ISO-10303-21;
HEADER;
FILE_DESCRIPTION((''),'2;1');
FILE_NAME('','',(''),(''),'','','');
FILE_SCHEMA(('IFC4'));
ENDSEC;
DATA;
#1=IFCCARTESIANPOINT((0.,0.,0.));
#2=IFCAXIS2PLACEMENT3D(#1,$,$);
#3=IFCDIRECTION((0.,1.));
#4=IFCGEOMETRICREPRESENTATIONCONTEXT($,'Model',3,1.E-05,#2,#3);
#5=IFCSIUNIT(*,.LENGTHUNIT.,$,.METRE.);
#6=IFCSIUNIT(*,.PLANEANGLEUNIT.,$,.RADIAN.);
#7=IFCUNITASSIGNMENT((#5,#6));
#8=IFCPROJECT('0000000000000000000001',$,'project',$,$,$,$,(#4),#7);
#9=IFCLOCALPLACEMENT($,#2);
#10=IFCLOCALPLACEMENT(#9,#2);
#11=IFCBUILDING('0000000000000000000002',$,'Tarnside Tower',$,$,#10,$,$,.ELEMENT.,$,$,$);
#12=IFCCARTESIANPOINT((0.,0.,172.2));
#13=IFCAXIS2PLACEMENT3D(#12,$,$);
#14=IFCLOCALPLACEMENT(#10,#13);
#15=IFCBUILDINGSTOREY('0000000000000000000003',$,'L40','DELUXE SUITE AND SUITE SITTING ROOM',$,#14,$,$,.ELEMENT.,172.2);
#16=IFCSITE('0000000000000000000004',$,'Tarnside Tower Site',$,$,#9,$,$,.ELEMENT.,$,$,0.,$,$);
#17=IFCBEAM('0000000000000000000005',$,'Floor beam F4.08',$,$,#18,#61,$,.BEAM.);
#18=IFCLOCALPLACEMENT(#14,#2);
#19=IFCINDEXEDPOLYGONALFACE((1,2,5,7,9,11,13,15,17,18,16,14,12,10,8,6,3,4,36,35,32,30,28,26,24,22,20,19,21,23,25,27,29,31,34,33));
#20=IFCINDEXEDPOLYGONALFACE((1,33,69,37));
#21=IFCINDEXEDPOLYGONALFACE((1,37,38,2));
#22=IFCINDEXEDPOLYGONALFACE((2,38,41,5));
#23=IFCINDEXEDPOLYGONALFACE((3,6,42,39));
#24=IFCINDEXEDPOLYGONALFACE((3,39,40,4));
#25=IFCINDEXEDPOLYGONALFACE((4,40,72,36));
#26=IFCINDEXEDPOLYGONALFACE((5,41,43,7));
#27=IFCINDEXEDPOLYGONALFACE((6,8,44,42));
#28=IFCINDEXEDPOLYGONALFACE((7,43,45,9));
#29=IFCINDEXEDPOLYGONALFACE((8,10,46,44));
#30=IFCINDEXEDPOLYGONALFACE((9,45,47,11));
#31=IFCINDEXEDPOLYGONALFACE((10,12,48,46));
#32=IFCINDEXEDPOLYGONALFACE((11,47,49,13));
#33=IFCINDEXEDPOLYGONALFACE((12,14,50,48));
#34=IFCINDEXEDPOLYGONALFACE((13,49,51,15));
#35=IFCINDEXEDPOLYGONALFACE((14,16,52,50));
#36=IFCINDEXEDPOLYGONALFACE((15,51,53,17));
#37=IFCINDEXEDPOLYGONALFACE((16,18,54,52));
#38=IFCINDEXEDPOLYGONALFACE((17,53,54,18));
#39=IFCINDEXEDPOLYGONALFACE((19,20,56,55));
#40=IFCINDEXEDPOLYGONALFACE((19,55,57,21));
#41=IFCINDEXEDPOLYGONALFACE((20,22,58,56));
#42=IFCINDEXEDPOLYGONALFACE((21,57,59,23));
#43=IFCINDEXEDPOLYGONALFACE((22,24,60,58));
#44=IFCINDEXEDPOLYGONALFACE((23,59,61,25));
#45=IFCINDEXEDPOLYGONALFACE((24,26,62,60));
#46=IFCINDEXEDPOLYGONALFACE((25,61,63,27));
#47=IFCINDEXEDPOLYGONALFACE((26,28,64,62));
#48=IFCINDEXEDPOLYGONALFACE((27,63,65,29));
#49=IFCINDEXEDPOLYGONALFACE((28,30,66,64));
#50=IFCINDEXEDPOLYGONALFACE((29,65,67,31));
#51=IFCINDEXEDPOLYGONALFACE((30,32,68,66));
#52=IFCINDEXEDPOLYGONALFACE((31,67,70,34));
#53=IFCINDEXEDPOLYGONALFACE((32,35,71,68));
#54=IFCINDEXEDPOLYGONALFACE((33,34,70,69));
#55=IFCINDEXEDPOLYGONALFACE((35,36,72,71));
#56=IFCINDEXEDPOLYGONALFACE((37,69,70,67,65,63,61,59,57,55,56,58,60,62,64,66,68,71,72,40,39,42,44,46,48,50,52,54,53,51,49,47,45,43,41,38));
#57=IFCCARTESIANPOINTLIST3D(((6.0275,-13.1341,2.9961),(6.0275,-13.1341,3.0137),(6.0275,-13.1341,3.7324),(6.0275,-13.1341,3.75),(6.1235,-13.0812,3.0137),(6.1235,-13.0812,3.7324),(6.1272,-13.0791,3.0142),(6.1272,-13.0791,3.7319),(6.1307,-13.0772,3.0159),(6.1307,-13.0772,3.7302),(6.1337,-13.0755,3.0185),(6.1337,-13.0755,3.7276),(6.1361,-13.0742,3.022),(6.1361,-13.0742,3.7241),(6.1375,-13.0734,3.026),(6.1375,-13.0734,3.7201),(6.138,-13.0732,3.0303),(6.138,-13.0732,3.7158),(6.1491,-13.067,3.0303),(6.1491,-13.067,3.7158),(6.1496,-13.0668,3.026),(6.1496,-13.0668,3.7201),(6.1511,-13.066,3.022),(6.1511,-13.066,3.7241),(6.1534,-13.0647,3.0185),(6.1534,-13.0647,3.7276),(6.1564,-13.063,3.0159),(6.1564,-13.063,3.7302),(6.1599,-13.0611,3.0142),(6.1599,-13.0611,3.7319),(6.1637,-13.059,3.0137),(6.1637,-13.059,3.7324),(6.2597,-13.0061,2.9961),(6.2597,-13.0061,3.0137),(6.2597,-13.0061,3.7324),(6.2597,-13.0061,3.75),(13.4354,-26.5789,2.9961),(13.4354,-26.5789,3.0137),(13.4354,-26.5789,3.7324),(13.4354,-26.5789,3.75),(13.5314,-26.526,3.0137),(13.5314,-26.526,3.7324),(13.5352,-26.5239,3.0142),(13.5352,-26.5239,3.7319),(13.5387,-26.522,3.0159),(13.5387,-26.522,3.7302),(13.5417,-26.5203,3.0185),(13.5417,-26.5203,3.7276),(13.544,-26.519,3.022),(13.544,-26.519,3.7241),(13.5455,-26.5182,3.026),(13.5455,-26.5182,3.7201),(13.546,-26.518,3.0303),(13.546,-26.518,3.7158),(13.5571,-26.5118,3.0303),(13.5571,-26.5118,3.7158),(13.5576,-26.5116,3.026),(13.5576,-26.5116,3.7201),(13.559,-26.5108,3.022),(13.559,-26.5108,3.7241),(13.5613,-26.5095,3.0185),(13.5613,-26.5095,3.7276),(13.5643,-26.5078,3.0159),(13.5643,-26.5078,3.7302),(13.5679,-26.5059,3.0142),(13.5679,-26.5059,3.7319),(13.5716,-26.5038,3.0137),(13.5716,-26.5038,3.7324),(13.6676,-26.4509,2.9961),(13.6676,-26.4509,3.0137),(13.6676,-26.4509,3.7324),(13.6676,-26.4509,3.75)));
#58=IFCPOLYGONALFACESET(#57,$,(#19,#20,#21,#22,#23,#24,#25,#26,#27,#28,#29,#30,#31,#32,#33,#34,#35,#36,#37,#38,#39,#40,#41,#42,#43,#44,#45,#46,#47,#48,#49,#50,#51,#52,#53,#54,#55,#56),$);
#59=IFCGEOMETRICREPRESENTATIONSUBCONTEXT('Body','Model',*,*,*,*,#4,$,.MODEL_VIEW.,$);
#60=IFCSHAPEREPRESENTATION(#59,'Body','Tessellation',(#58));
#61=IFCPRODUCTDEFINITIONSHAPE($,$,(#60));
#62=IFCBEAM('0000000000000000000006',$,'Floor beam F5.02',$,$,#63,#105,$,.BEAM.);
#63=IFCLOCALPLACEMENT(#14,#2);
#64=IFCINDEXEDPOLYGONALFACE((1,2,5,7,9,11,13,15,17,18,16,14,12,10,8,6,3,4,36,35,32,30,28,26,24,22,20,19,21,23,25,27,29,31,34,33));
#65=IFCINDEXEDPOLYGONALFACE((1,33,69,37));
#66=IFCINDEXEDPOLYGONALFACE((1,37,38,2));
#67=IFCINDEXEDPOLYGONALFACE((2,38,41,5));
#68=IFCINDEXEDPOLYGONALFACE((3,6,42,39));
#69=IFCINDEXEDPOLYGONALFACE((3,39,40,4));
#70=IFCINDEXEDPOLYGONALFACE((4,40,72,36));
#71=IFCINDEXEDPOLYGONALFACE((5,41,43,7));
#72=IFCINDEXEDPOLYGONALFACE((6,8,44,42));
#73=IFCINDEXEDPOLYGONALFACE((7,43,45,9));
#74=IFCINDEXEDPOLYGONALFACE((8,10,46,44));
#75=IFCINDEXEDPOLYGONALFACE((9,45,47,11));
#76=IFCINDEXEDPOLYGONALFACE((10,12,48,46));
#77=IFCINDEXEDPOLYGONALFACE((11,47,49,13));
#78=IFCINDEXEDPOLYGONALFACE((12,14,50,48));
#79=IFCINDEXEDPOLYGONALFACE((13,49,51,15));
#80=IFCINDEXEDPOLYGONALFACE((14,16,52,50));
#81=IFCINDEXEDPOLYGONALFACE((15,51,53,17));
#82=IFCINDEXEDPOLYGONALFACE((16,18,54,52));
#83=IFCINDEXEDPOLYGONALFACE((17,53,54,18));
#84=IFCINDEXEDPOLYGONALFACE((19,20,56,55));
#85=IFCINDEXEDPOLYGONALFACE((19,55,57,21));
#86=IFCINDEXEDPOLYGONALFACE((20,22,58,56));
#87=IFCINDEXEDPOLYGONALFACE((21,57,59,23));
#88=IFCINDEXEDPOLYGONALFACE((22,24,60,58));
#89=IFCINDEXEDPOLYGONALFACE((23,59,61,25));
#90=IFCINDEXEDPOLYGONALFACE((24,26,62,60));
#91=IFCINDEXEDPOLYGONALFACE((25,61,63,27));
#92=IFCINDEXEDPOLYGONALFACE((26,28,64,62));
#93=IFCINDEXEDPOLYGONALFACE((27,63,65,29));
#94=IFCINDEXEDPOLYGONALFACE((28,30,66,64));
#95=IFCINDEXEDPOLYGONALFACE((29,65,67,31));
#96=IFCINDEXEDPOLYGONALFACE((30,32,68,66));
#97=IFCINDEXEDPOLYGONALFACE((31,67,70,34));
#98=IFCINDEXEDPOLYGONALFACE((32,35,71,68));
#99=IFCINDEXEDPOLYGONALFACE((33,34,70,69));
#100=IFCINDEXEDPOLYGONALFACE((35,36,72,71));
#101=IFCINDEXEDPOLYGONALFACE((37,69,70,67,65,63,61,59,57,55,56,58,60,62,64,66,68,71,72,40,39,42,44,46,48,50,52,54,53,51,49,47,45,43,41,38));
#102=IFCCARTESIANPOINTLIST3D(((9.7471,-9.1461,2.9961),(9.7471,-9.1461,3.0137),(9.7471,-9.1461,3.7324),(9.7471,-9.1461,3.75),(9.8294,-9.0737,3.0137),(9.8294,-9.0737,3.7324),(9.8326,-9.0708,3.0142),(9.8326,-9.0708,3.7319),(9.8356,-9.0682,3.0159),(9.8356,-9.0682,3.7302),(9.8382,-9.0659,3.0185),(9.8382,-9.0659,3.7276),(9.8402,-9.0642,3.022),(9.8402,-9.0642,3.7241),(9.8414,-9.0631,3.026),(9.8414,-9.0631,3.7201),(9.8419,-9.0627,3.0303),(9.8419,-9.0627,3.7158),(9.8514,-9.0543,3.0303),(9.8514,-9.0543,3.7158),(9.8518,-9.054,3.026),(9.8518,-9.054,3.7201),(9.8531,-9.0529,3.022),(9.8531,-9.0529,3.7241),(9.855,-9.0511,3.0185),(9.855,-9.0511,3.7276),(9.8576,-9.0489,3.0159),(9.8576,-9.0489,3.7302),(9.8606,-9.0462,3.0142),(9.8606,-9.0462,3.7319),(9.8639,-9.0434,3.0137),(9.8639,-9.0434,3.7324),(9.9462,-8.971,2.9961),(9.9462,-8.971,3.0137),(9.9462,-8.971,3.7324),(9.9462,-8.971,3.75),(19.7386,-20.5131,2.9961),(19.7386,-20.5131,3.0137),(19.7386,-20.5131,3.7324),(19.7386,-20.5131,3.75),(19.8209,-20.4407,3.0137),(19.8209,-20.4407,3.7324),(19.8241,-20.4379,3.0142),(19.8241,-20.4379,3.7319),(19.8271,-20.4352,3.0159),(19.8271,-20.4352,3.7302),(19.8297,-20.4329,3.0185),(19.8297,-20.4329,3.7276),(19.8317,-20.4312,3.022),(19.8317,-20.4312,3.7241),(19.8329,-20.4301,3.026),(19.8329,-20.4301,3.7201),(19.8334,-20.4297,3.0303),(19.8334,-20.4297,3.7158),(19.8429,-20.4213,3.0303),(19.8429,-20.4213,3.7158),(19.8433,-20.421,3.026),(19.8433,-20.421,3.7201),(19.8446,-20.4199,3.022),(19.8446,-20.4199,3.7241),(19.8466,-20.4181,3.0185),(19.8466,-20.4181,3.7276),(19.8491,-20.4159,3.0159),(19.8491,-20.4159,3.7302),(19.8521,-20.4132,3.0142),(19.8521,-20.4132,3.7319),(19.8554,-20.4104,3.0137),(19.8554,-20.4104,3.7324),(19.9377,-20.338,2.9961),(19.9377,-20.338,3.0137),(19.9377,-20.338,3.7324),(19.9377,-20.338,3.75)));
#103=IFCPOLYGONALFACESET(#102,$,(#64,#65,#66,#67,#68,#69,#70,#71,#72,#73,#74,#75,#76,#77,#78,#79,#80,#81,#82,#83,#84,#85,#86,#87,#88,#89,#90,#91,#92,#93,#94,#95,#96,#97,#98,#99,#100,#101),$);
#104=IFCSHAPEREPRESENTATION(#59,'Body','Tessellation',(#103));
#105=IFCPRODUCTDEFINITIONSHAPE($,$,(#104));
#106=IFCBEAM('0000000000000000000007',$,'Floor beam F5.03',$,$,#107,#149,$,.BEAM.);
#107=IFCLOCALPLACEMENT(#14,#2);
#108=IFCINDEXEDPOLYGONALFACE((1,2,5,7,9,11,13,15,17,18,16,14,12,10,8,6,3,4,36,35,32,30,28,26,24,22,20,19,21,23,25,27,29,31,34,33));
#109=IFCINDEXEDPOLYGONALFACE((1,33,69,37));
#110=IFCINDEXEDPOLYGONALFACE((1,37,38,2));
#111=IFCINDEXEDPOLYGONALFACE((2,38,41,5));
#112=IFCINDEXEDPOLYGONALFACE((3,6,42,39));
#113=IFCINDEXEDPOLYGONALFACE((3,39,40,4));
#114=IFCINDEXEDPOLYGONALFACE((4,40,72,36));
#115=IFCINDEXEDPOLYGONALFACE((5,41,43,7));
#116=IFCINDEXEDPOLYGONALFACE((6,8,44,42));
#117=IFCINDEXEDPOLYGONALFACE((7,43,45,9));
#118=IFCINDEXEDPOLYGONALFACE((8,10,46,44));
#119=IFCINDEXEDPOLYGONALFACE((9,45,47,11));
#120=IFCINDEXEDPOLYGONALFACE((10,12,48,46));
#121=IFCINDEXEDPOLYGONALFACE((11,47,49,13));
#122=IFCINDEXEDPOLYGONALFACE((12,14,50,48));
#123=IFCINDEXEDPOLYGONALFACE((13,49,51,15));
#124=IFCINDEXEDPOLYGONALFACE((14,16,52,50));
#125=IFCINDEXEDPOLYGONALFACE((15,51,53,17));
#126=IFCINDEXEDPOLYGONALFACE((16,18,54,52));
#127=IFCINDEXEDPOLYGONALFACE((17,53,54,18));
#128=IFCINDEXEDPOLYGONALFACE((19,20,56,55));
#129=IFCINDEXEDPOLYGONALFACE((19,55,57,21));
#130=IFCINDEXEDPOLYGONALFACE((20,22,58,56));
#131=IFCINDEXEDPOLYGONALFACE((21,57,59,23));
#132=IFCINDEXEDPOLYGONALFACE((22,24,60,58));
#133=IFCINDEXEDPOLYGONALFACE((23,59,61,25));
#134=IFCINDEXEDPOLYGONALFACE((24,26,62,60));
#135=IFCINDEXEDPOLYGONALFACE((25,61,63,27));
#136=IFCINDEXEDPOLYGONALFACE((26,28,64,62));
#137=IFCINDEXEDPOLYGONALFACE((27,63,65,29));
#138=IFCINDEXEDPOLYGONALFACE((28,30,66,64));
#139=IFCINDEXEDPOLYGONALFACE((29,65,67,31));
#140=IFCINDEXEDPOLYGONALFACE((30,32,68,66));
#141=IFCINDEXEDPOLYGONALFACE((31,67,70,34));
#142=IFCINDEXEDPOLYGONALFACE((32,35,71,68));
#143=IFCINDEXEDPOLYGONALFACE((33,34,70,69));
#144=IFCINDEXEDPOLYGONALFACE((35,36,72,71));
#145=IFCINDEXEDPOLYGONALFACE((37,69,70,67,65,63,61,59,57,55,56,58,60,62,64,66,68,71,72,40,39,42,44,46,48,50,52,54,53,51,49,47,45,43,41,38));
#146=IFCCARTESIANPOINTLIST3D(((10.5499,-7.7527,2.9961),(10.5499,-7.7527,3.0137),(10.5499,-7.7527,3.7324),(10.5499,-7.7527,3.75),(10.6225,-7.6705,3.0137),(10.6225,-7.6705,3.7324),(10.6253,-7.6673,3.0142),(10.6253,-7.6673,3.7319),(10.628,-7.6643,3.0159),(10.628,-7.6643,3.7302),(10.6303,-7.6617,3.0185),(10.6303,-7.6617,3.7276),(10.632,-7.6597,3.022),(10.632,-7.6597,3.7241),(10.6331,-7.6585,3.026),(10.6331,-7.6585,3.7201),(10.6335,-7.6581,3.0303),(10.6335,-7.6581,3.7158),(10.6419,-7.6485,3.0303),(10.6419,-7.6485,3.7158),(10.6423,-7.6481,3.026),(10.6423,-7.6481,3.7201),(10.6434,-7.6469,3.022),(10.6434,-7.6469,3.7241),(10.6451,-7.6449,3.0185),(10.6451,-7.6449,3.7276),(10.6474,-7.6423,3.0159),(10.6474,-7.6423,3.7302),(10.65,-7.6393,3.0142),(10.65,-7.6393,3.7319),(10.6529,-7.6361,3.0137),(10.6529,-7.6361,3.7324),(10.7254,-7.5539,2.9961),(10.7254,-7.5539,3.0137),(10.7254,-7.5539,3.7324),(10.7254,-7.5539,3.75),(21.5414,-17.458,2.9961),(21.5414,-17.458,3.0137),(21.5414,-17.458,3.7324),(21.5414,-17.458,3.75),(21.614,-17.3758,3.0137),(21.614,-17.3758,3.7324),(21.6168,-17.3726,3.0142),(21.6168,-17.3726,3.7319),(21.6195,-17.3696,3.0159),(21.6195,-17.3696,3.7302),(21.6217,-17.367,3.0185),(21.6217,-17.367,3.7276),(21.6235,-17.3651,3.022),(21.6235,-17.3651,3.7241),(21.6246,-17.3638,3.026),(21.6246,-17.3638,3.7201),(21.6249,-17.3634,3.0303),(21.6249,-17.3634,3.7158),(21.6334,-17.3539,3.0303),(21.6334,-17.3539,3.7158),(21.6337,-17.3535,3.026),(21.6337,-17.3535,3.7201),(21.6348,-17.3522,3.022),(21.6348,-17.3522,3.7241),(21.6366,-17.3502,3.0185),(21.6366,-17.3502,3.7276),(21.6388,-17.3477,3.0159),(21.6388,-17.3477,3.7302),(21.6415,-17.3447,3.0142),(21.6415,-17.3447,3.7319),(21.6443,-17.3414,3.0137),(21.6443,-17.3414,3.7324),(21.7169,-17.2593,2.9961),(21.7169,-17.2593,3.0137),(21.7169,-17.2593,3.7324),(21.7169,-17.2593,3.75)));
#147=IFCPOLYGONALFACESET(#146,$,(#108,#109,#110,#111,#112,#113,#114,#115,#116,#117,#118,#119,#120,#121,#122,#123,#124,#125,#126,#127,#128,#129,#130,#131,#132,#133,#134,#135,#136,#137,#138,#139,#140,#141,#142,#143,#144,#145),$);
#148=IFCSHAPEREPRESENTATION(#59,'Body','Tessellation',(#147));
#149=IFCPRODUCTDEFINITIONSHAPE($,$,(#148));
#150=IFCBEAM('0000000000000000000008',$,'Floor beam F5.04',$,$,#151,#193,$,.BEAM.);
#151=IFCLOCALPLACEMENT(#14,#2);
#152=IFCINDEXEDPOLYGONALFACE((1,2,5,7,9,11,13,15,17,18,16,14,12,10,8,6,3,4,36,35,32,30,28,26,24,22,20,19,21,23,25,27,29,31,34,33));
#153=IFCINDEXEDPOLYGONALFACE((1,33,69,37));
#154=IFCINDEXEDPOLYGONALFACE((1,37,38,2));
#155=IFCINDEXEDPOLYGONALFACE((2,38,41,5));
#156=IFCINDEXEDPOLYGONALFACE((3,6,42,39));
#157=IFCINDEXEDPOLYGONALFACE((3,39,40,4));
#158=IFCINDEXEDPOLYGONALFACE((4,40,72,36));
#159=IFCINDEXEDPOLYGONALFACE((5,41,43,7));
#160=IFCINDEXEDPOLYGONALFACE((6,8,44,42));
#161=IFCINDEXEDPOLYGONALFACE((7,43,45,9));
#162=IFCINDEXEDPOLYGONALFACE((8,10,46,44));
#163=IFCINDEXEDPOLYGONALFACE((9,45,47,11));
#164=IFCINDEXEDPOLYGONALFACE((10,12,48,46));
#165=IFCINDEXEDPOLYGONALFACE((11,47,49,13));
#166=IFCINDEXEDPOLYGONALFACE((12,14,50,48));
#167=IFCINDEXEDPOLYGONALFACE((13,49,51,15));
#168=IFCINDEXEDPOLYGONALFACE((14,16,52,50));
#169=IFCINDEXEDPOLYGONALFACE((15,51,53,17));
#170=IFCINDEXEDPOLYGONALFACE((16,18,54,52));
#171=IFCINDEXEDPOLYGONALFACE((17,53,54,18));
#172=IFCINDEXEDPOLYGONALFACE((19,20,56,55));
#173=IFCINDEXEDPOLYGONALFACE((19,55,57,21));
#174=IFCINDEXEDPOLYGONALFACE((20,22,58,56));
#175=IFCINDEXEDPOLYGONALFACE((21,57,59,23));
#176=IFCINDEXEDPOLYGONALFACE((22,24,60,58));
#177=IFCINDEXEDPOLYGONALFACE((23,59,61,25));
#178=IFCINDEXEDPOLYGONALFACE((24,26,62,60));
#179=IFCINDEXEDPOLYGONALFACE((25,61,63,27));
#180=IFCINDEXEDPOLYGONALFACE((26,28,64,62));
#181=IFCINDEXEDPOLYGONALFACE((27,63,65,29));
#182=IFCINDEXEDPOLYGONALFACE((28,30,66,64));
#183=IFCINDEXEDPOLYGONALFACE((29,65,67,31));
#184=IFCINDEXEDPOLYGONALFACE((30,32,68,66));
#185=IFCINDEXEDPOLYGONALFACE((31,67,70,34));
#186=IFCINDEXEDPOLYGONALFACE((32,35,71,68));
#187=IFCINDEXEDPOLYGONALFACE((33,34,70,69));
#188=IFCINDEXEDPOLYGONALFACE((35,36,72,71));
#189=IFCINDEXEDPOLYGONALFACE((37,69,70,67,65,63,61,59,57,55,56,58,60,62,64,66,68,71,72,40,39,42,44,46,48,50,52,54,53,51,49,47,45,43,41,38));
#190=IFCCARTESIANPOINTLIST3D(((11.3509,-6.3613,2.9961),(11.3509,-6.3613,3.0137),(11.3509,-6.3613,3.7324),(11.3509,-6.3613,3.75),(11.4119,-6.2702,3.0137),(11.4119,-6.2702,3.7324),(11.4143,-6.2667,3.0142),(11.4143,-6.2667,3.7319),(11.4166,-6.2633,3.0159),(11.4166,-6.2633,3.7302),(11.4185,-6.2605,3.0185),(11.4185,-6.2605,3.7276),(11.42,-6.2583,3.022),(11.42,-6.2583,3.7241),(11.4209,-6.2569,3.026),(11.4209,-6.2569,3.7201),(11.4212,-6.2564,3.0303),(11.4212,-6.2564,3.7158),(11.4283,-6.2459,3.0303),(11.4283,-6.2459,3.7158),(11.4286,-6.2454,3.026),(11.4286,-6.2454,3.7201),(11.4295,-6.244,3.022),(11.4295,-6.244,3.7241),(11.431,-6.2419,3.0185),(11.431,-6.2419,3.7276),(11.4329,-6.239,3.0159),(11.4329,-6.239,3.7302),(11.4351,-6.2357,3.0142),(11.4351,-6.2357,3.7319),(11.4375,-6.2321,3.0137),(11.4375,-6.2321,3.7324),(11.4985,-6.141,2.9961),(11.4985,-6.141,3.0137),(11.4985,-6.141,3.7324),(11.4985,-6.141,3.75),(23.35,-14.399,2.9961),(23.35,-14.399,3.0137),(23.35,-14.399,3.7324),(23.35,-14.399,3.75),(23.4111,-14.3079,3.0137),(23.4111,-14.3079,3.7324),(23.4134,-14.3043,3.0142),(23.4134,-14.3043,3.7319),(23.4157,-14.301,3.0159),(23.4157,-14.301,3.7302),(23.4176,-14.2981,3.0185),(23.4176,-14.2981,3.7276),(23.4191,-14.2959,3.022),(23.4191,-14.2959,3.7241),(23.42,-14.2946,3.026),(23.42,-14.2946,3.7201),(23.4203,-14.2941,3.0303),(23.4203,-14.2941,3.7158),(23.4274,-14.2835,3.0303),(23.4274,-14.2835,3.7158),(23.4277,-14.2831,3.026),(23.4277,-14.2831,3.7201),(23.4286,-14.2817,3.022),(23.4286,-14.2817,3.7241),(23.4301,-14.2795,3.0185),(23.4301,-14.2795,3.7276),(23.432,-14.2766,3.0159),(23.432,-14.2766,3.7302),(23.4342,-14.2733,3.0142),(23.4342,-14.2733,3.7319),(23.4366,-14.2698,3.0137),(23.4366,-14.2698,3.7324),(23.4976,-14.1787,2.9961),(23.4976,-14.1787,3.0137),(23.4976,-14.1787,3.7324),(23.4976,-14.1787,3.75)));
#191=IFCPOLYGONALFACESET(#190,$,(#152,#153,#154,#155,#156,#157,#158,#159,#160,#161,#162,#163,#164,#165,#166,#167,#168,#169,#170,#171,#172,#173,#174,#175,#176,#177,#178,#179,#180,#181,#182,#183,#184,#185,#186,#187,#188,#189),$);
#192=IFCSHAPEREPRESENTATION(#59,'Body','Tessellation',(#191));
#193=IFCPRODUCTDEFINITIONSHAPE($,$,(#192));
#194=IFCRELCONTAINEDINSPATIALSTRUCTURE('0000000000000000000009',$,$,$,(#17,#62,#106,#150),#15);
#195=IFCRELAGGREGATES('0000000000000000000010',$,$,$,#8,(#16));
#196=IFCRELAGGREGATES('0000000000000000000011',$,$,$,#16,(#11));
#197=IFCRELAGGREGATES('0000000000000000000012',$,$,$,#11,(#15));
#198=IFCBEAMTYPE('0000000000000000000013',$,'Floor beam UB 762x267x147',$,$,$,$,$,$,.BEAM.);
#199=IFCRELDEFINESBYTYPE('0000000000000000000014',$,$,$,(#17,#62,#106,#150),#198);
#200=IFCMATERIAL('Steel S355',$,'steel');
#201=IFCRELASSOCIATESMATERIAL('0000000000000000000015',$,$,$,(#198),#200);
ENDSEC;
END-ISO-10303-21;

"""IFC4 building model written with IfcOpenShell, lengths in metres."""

from ifc_helpers import new_model, si_unit, direction, frame, origin, origin_2d, place, context, subcontext, project, spatial, i_section, extrude, material, material_profile, profile_set, type_object, element, save


model = new_model("IFC4")

# Units and contexts
model_context = context("Model", 3, precision=1e-05, world=origin(), true_north=direction((0.0, 1.0)))
body_context = subcontext(model_context, "Body", "Model", "MODEL_VIEW")
ifc_project = project(units=[si_unit("LENGTHUNIT", "METRE"), si_unit("PLANEANGLEUNIT", "RADIAN")], contexts=[model_context])

# Site, building, storey
site_placement = place(None, origin())
site = spatial("IfcSite", under=ifc_project, at=site_placement, Name="Tarnside Tower Site", CompositionType="ELEMENT", RefElevation=0.0)
building_placement = place(site_placement, origin())
building = spatial("IfcBuilding", under=site, at=building_placement, Name="Tarnside Tower", CompositionType="ELEMENT")
storey_placement = place(building_placement, frame((0.0, 0.0, 172.2)))
storey = spatial("IfcBuildingStorey", under=building, at=storey_placement, Name="L40", Description="DELUXE SUITE AND SUITE SITTING ROOM", CompositionType="ELEMENT", Elevation=172.2)

# Beams
ifc_material_1 = material(Name="Steel S355", Category="steel")
ifc_material_profile_1 = material_profile(ifc_material_1, i_section(OverallWidth=0.2651, OverallDepth=0.7539, WebThickness=0.0127, FlangeThickness=0.0176, FilletRadius=0.0166, at=origin_2d()), Name="UB 762x267x147")
ifc_profile_set_1 = profile_set([ifc_material_profile_1], Name="Steel S355")
beam_type_1 = type_object("IfcBeamType", Name="Floor beam UB 762x267x147", PredefinedType="BEAM", material=ifc_profile_set_1)
beam_1_placement = place(storey_placement, frame((13.5515, -26.5149, 3.373), z_axis=(-0.482584, 0.87585, 0.0), x_axis=(-0.87585, -0.482584, 0.0)))
element("IfcBeam", 1, at=beam_1_placement, inside=storey, type_object=beam_type_1, Name="Floor beam F4.08", PredefinedType="BEAM", context=body_context, shape_type="SweptSolid", body=[
    extrude(i_section(OverallWidth=0.2651, OverallDepth=0.7539, WebThickness=0.0127, FlangeThickness=0.0176, FilletRadius=0.0166, at=origin_2d()), origin(), (0.0, 0.0, 1.0), 15.3506),
])
beam_2_placement = place(storey_placement, frame((19.8381, -20.4255, 3.373), z_axis=(-0.660201, 0.751089, 0.0), x_axis=(-0.751089, -0.660201, 0.0)))
element("IfcBeam", 2, at=beam_2_placement, inside=storey, type_object=beam_type_1, Name="Floor beam F5.02", PredefinedType="BEAM", context=body_context, shape_type="SweptSolid", body=[
    extrude(i_section(OverallWidth=0.2651, OverallDepth=0.7539, WebThickness=0.0127, FlangeThickness=0.0176, FilletRadius=0.0166, at=origin_2d()), origin(), (0.0, 0.0, 1.0), 15.134),
])
beam_3_placement = place(storey_placement, frame((21.6292, -17.3586, 3.373), z_axis=(-0.749602, 0.661889, 0.0), x_axis=(-0.661889, -0.749602, 0.0)))
element("IfcBeam", 3, at=beam_3_placement, inside=storey, type_object=beam_type_1, Name="Floor beam F5.03", PredefinedType="BEAM", context=body_context, shape_type="SweptSolid", body=[
    extrude(i_section(OverallWidth=0.2651, OverallDepth=0.7539, WebThickness=0.0127, FlangeThickness=0.0176, FilletRadius=0.0166, at=origin_2d()), origin(), (0.0, 0.0, 1.0), 14.6631),
])
beam_4_placement = place(storey_placement, frame((23.4238, -14.2888, 3.373), z_axis=(-0.830826, 0.556532, 0.0), x_axis=(-0.556532, -0.830826, 0.0)))
element("IfcBeam", 4, at=beam_4_placement, inside=storey, type_object=beam_type_1, Name="Floor beam F5.04", PredefinedType="BEAM", context=body_context, shape_type="SweptSolid", body=[
    extrude(i_section(OverallWidth=0.2651, OverallDepth=0.7539, WebThickness=0.0127, FlangeThickness=0.0176, FilletRadius=0.0166, at=origin_2d()), origin(), (0.0, 0.0, 1.0), 14.4424),
])

save(model, "model.ifc")
